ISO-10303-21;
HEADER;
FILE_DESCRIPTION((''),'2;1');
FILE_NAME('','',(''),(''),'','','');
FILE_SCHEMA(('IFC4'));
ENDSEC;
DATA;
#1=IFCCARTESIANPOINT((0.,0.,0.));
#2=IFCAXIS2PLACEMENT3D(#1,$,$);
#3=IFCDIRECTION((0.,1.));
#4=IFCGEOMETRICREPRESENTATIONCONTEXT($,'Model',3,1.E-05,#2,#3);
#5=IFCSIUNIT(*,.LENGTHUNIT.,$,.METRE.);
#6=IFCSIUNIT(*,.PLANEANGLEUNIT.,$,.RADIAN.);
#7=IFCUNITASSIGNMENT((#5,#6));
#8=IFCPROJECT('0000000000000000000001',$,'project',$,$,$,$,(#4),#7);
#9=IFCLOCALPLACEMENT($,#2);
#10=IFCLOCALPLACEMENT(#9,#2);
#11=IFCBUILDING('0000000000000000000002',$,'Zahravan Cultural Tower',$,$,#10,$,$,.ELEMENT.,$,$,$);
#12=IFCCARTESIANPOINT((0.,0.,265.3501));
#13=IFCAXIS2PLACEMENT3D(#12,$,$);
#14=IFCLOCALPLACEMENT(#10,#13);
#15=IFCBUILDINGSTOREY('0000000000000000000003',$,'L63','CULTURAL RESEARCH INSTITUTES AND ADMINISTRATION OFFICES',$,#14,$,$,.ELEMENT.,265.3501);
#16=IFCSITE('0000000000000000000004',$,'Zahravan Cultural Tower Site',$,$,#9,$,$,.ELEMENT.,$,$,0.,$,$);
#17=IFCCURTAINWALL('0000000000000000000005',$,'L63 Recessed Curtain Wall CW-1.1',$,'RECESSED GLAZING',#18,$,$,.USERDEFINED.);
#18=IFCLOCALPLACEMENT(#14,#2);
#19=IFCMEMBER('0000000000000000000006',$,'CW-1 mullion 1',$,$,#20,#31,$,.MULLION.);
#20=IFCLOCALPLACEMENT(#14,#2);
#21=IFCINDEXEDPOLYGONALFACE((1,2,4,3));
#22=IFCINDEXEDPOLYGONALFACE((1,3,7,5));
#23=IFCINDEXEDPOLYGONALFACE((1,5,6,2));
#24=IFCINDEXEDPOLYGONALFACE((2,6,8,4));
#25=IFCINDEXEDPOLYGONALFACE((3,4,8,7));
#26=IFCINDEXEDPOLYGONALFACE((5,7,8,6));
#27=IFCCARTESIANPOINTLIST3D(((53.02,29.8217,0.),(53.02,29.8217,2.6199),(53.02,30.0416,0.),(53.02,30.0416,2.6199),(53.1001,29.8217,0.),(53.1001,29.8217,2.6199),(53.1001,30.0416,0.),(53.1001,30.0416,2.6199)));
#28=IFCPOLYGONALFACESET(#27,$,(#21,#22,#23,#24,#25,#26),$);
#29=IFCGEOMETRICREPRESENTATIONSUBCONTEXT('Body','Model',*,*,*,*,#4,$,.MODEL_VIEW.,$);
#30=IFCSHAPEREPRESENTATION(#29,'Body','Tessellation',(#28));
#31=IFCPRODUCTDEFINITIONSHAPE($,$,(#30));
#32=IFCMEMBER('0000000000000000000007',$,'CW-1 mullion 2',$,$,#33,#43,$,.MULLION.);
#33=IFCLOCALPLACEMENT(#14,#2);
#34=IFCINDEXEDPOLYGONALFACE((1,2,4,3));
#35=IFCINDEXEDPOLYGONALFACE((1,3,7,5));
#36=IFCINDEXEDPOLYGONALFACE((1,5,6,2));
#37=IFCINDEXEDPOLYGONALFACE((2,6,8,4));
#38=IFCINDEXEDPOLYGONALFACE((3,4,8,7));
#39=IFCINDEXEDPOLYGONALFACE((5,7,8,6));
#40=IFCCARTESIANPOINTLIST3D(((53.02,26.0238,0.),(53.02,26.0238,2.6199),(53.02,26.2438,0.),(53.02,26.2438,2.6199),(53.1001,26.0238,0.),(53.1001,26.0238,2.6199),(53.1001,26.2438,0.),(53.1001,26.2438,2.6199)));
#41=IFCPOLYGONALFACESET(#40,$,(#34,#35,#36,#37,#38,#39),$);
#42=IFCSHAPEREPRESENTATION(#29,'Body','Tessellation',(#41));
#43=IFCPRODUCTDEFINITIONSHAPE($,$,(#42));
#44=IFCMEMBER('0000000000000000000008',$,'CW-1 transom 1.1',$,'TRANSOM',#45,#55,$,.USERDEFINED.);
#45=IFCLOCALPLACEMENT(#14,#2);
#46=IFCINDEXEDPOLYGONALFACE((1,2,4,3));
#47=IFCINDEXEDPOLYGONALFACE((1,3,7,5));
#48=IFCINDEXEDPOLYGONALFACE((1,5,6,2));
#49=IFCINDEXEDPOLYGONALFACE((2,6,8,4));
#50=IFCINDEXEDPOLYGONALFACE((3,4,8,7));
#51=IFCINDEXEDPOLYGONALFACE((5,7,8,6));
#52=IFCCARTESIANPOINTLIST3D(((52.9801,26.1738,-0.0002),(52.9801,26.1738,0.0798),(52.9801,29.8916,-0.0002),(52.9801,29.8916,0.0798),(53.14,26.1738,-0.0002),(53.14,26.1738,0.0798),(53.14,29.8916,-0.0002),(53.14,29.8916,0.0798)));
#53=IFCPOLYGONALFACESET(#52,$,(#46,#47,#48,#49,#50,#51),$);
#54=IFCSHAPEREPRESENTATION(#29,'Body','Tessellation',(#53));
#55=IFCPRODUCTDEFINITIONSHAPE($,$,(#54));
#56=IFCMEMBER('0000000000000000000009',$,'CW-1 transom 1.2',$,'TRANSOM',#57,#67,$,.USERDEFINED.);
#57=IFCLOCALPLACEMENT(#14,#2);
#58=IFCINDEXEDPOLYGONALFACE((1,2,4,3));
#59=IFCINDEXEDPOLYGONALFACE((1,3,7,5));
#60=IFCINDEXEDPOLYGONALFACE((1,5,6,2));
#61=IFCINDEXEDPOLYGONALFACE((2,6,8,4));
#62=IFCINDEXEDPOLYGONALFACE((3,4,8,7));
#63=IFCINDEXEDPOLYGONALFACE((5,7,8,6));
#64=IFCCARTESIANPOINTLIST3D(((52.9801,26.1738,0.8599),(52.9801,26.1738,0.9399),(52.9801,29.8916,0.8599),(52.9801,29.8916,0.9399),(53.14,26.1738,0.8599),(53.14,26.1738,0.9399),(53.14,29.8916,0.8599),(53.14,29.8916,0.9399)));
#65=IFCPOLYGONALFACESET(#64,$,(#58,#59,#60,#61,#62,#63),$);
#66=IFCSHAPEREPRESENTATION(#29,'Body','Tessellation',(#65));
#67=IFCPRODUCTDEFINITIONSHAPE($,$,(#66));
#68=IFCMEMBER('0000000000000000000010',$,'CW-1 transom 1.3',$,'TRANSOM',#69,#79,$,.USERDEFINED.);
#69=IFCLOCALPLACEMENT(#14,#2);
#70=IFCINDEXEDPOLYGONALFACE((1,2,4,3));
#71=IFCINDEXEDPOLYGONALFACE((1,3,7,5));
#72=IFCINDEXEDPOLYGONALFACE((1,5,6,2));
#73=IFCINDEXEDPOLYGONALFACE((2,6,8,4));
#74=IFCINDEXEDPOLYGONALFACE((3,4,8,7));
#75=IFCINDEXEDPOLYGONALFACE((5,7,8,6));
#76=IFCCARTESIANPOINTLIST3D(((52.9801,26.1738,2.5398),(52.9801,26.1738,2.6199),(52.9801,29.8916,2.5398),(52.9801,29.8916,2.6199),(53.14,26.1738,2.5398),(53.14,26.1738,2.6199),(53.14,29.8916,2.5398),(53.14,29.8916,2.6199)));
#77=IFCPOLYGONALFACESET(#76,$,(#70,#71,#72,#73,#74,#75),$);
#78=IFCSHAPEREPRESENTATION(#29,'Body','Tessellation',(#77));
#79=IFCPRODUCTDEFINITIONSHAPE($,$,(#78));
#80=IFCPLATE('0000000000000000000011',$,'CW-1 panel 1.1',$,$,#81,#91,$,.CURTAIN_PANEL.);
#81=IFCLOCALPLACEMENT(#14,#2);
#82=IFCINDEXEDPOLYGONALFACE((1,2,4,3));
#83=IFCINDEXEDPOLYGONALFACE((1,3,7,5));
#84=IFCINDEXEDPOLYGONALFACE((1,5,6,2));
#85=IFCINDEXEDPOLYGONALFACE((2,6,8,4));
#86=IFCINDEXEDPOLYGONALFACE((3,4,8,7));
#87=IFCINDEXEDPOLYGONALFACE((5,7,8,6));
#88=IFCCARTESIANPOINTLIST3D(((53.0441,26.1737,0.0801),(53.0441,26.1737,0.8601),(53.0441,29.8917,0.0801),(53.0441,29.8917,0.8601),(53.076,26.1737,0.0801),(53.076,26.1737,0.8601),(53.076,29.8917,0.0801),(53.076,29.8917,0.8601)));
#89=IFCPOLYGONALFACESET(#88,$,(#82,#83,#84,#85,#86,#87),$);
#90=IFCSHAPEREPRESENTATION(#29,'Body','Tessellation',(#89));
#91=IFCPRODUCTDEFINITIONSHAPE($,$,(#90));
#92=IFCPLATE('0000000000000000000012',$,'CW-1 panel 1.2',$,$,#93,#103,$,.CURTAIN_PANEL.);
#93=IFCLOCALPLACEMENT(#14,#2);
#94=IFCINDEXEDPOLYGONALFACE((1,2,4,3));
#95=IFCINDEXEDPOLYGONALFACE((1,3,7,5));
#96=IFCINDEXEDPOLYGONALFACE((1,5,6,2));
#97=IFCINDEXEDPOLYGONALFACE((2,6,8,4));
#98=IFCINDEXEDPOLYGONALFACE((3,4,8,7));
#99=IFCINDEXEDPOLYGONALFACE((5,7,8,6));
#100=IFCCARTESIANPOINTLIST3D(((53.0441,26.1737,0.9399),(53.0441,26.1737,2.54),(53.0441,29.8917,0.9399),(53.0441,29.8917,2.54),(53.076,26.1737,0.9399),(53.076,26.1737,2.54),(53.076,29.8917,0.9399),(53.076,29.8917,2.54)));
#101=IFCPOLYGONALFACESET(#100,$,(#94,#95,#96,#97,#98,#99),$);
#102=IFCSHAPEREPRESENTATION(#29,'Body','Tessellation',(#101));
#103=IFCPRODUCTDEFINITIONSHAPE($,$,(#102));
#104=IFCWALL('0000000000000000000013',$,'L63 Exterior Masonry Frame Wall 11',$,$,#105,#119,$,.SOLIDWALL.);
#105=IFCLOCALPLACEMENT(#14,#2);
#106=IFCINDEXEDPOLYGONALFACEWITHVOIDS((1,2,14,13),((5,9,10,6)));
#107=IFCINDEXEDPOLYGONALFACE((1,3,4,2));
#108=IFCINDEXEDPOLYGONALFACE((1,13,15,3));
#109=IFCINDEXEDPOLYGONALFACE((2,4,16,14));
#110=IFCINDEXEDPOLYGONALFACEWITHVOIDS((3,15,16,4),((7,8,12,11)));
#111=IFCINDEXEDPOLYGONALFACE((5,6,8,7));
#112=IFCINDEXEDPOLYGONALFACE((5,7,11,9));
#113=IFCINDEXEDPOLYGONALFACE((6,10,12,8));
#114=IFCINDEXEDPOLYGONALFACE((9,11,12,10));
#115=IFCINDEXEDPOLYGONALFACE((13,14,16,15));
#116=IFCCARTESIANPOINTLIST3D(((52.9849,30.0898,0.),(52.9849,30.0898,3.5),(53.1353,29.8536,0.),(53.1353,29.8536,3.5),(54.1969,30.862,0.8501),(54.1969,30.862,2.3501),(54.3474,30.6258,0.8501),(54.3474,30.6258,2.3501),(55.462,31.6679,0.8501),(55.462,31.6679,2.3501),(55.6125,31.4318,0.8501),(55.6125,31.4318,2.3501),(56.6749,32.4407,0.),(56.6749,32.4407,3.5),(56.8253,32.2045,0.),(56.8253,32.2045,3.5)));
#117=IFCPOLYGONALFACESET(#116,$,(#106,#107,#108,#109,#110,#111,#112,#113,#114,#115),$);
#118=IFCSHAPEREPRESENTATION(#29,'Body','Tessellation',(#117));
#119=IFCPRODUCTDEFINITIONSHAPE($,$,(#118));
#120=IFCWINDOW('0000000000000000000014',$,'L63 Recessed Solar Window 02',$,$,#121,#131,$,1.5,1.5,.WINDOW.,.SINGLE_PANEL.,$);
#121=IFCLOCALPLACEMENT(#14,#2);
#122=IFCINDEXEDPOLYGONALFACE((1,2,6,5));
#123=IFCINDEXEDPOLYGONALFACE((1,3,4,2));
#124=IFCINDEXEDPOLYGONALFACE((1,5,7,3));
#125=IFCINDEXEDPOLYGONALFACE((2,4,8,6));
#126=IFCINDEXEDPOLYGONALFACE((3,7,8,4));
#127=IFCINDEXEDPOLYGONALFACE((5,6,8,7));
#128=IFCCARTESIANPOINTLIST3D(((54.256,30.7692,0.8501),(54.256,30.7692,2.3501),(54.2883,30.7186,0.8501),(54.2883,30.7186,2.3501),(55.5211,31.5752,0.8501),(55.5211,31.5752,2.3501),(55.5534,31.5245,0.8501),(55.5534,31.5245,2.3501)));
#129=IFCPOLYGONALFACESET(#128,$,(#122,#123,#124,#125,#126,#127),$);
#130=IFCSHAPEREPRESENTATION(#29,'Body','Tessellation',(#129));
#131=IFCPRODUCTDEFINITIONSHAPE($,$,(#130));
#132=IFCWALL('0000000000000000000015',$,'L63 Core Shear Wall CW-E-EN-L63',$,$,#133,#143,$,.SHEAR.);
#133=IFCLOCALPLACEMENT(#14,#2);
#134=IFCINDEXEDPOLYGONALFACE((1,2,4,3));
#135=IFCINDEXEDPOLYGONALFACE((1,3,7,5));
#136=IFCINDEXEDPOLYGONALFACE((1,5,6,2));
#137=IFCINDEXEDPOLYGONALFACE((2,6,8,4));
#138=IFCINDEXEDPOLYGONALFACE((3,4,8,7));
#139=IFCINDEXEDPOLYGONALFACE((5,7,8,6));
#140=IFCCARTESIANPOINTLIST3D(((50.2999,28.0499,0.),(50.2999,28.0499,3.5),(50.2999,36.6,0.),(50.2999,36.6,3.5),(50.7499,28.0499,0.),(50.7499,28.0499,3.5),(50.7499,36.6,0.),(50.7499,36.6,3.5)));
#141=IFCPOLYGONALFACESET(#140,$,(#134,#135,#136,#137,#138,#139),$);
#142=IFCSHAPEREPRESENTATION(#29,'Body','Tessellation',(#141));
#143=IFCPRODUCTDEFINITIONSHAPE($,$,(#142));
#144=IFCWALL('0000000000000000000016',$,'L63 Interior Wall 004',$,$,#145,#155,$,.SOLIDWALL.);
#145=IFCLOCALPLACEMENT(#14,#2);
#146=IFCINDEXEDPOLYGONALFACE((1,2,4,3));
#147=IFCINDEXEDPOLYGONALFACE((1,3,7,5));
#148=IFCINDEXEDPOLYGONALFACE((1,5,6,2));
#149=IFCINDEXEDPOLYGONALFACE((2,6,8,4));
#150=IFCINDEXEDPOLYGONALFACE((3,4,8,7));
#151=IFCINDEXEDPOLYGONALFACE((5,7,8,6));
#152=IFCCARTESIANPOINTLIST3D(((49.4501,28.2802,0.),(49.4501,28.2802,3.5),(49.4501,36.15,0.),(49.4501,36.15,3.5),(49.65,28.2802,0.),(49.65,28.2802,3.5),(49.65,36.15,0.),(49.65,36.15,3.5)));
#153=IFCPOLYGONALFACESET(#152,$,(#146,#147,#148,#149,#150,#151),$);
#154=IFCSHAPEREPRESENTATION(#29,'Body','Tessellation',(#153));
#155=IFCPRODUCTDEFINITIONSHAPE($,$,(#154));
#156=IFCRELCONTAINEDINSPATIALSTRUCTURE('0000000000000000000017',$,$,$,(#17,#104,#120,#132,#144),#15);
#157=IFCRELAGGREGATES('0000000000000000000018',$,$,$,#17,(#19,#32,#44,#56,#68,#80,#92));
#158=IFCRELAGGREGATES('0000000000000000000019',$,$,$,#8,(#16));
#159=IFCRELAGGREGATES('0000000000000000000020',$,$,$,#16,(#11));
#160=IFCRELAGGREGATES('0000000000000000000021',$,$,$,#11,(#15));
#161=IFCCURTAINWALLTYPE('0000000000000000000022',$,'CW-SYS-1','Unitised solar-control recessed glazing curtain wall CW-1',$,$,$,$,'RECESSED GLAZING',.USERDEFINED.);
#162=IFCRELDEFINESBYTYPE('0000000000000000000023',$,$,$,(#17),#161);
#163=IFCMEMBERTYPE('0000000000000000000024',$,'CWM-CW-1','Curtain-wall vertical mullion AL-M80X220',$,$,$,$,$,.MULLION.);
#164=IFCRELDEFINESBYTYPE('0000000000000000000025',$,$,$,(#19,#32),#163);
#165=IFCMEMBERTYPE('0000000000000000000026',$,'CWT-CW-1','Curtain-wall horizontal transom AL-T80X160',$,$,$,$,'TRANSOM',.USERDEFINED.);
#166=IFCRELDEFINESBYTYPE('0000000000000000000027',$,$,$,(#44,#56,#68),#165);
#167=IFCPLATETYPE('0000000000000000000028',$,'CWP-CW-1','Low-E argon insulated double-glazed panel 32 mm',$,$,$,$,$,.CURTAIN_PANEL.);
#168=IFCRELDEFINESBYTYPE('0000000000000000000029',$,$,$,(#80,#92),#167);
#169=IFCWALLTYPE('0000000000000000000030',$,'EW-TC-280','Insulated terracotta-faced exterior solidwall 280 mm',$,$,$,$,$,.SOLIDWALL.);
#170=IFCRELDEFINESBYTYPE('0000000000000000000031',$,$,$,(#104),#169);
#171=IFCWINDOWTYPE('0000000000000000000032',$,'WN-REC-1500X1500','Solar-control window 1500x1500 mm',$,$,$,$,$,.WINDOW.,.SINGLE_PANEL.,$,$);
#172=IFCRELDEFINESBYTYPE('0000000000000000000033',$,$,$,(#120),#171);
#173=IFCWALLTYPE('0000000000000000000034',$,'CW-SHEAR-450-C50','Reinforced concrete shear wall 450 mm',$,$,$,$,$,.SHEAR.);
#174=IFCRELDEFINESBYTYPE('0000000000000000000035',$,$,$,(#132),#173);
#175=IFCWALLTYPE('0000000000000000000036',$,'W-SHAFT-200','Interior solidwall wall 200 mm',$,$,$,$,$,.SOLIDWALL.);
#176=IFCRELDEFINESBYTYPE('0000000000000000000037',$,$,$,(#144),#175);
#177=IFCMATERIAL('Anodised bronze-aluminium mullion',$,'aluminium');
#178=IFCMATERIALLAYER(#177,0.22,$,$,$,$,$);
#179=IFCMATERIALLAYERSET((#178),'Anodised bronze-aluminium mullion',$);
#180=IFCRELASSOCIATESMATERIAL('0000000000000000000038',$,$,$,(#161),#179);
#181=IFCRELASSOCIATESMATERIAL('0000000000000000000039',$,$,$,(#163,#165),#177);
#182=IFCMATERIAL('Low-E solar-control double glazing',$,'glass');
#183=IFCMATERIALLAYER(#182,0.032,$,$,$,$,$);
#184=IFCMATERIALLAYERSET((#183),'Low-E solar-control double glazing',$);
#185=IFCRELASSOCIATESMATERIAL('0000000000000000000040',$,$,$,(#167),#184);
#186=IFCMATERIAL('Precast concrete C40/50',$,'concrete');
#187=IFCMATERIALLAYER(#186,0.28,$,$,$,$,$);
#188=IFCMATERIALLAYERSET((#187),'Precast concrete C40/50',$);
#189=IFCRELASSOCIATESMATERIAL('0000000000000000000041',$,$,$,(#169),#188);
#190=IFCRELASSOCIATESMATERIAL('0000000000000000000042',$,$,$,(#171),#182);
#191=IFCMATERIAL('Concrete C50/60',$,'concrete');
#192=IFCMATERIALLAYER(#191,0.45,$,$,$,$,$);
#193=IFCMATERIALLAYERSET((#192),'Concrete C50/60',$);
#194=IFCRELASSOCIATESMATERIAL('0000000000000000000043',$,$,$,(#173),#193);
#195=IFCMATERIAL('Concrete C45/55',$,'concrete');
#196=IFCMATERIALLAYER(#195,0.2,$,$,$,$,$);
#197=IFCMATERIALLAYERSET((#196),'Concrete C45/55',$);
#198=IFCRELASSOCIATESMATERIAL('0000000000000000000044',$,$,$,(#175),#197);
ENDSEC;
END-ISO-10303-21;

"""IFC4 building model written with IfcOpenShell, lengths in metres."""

from ifc_helpers import new_model, si_unit, direction, frame, frame_2d, origin, origin_2d, place, context, subcontext, project, spatial, rectangle, extrude, source, transform, mapped, material, layer, layer_set, material_profile, profile_set, type_object, element, fill, aggregate, save


model = new_model("IFC4")

# Units and contexts
model_context = context("Model", 3, precision=1e-05, world=origin(), true_north=direction((0.0, 1.0)))
body_context = subcontext(model_context, "Body", "Model", "MODEL_VIEW")
ifc_project = project(units=[si_unit("LENGTHUNIT", "METRE"), si_unit("PLANEANGLEUNIT", "RADIAN")], contexts=[model_context])

# Site, building, storey
site_placement = place(None, origin())
site = spatial("IfcSite", under=ifc_project, at=site_placement, Name="Zahravan Cultural Tower Site", CompositionType="ELEMENT", RefElevation=0.0)
building_placement = place(site_placement, origin())
building = spatial("IfcBuilding", under=site, at=building_placement, Name="Zahravan Cultural Tower", CompositionType="ELEMENT")
storey_placement = place(building_placement, frame((0.0, 0.0, 265.3501)))
storey = spatial("IfcBuildingStorey", under=building, at=storey_placement, Name="L63", Description="CULTURAL RESEARCH INSTITUTES AND ADMINISTRATION OFFICES", CompositionType="ELEMENT", Elevation=265.3501)

# Curtain wall, members, plates
ifc_material_1 = material(Name="Anodised bronze-aluminium mullion", Category="aluminium")
ifc_layer_1 = layer(ifc_material_1, 0.22)
ifc_layer_set_1 = layer_set([ifc_layer_1], Name="Anodised bronze-aluminium mullion")
curtain_wall_type = type_object("IfcCurtainWallType", Name="CW-SYS-1", Description="Unitised solar-control recessed glazing curtain wall CW-1", ElementType="RECESSED GLAZING", PredefinedType="USERDEFINED", material=ifc_layer_set_1)
curtain_wall_placement = place(storey_placement, origin())
curtain_wall = element("IfcCurtainWall", 1, at=curtain_wall_placement, inside=storey, type_object=curtain_wall_type, Name="L63 Recessed Curtain Wall CW-1.1", ObjectType="RECESSED GLAZING", PredefinedType="USERDEFINED")
ifc_material_profile_1 = material_profile(ifc_material_1, rectangle(XDim=0.0801, YDim=0.22, at=origin_2d()), Name="AL-M80X220")
ifc_profile_set_1 = profile_set([ifc_material_profile_1], Name="Anodised bronze-aluminium mullion")
member_type_1 = type_object("IfcMemberType", Name="CWM-CW-1", Description="Curtain-wall vertical mullion AL-M80X220", PredefinedType="MULLION", material=ifc_profile_set_1)
shared_shape_1 = source(origin(), body_context, "Body", "SweptSolid", [
    extrude(rectangle(XDim=0.0801, YDim=0.22, at=origin_2d()), origin(), (0.0, 0.0, 1.0), 2.6199),
])
member_1_placement = place(storey_placement, frame((53.0601, 29.9316, 0.0), z_axis=(0.0, 0.0, 1.0), x_axis=(1.0, 0.0, 0.0)))
member_1 = element("IfcMember", 2, at=member_1_placement, type_object=member_type_1, Name="CW-1 mullion 1", PredefinedType="MULLION", context=body_context, shape_type="MappedRepresentation", body=[
    mapped(shared_shape_1, transform((0.0, 0.0, 0.0), x_axis=(1.0, 0.0, 0.0), y_axis=(0.0, 1.0, 0.0), z_axis=(0.0, 0.0, 1.0), scale=1.0)),
])
member_2_placement = place(storey_placement, frame((53.0601, 26.1338, 0.0), z_axis=(0.0, 0.0, 1.0), x_axis=(1.0, 0.0, 0.0)))
member_2 = element("IfcMember", 3, at=member_2_placement, type_object=member_type_1, Name="CW-1 mullion 2", PredefinedType="MULLION", context=body_context, shape_type="MappedRepresentation", body=[
    mapped(shared_shape_1, transform((0.0, 0.0, 0.0), x_axis=(1.0, 0.0, 0.0), y_axis=(0.0, 1.0, 0.0), z_axis=(0.0, 0.0, 1.0), scale=1.0)),
])
ifc_material_profile_2 = material_profile(ifc_material_1, rectangle(XDim=0.1599, YDim=0.0801, at=origin_2d()), Name="AL-T80X160")
ifc_profile_set_2 = profile_set([ifc_material_profile_2], Name="Anodised bronze-aluminium mullion")
member_type_2 = type_object("IfcMemberType", Name="CWT-CW-1", Description="Curtain-wall horizontal transom AL-T80X160", ElementType="TRANSOM", PredefinedType="USERDEFINED", material=ifc_profile_set_2)
shared_shape_2 = source(origin(), body_context, "Body", "SweptSolid", [
    extrude(rectangle(XDim=0.1599, YDim=0.0801, at=origin_2d()), origin(), (0.0, 0.0, 1.0), 3.7178),
])
member_3_placement = place(storey_placement, frame((53.0601, 29.8916, 0.0398), z_axis=(0.0, -1.0, 0.0), x_axis=(1.0, 0.0, 0.0)))
member_3 = element("IfcMember", 4, at=member_3_placement, type_object=member_type_2, Name="CW-1 transom 1.1", ObjectType="TRANSOM", PredefinedType="USERDEFINED", context=body_context, shape_type="MappedRepresentation", body=[
    mapped(shared_shape_2, transform((0.0, 0.0, 0.0), x_axis=(1.0, 0.0, 0.0), y_axis=(0.0, 1.0, 0.0), z_axis=(0.0, 0.0, 1.0), scale=1.0)),
])
member_4_placement = place(storey_placement, frame((53.0601, 29.8916, 0.8999), z_axis=(0.0, -1.0, 0.0), x_axis=(1.0, 0.0, 0.0)))
member_4 = element("IfcMember", 5, at=member_4_placement, type_object=member_type_2, Name="CW-1 transom 1.2", ObjectType="TRANSOM", PredefinedType="USERDEFINED", context=body_context, shape_type="MappedRepresentation", body=[
    mapped(shared_shape_2, transform((0.0, 0.0, 0.0), x_axis=(1.0, 0.0, 0.0), y_axis=(0.0, 1.0, 0.0), z_axis=(0.0, 0.0, 1.0), scale=1.0)),
])
member_5_placement = place(storey_placement, frame((53.0601, 29.8916, 2.5798), z_axis=(0.0, -1.0, 0.0), x_axis=(1.0, 0.0, 0.0)))
member_5 = element("IfcMember", 6, at=member_5_placement, type_object=member_type_2, Name="CW-1 transom 1.3", ObjectType="TRANSOM", PredefinedType="USERDEFINED", context=body_context, shape_type="MappedRepresentation", body=[
    mapped(shared_shape_2, transform((0.0, 0.0, 0.0), x_axis=(1.0, 0.0, 0.0), y_axis=(0.0, 1.0, 0.0), z_axis=(0.0, 0.0, 1.0), scale=1.0)),
])
ifc_material_2 = material(Name="Low-E solar-control double glazing", Category="glass")
ifc_layer_2 = layer(ifc_material_2, 0.032)
ifc_layer_set_2 = layer_set([ifc_layer_2], Name="Low-E solar-control double glazing")
plate_type = type_object("IfcPlateType", Name="CWP-CW-1", Description="Low-E argon insulated double-glazed panel 32 mm", PredefinedType="CURTAIN_PANEL", material=ifc_layer_set_2)
shared_shape_3 = source(origin(), body_context, "Body", "SweptSolid", [
    extrude(rectangle(XDim=3.718, YDim=0.032, at=origin_2d()), origin(), (0.0, 0.0, 1.0), 0.78),
])
plate_1_placement = place(storey_placement, frame((53.0601, 28.0327, 0.0801), z_axis=(0.0, 0.0, 1.0), x_axis=(0.0, -1.0, 0.0)))
plate_1 = element("IfcPlate", 7, at=plate_1_placement, type_object=plate_type, Name="CW-1 panel 1.1", PredefinedType="CURTAIN_PANEL", context=body_context, shape_type="MappedRepresentation", body=[
    mapped(shared_shape_3, transform((0.0, 0.0, 0.0), x_axis=(1.0, 0.0, 0.0), y_axis=(0.0, 1.0, 0.0), z_axis=(0.0, 0.0, 1.0), scale=1.0)),
])
shared_shape_4 = source(origin(), body_context, "Body", "SweptSolid", [
    extrude(rectangle(XDim=3.718, YDim=0.032, at=origin_2d()), origin(), (0.0, 0.0, 1.0), 1.6001),
])
plate_2_placement = place(storey_placement, frame((53.0601, 28.0327, 0.9399), z_axis=(0.0, 0.0, 1.0), x_axis=(0.0, -1.0, 0.0)))
plate_2 = element("IfcPlate", 8, at=plate_2_placement, type_object=plate_type, Name="CW-1 panel 1.2", PredefinedType="CURTAIN_PANEL", context=body_context, shape_type="MappedRepresentation", body=[
    mapped(shared_shape_4, transform((0.0, 0.0, 0.0), x_axis=(1.0, 0.0, 0.0), y_axis=(0.0, 1.0, 0.0), z_axis=(0.0, 0.0, 1.0), scale=1.0)),
])
aggregate(curtain_wall, [member_1, member_2, member_3, member_4, member_5, plate_1, plate_2])

# Wall, opening, window
ifc_material_3 = material(Name="Precast concrete C40/50", Category="concrete")
ifc_layer_3 = layer(ifc_material_3, 0.28)
ifc_layer_set_3 = layer_set([ifc_layer_3], Name="Precast concrete C40/50")
wall_type_1 = type_object("IfcWallType", Name="EW-TC-280", Description="Insulated terracotta-faced exterior solidwall 280 mm", PredefinedType="SOLIDWALL", material=ifc_layer_set_3)
wall_1_placement = place(storey_placement, frame((56.75, 32.3225, 0.0), z_axis=(0.0, 0.0, 1.0), x_axis=(-0.843383, -0.537312, 0.0)))
wall_1 = element("IfcWall", 9, at=wall_1_placement, inside=storey, type_object=wall_type_1, Name="L63 Exterior Masonry Frame Wall 11", PredefinedType="SOLIDWALL", context=body_context, shape_type="SweptSolid", body=[
    extrude(rectangle(XDim=4.3752, YDim=0.28, at=frame_2d((2.1875, 0.0))), origin(), (0.0, 0.0, 1.0), 3.5),
])
opening_placement = place(wall_1_placement, frame((1.438, 0.0, 0.8501)))
opening = element("IfcOpeningElement", 10, at=opening_placement, cuts=wall_1, PredefinedType="OPENING", context=body_context, shape_type="SweptSolid", body=[
    extrude(rectangle(XDim=1.5, YDim=1.5, at=frame_2d((0.75, 0.75))), frame((0.0, 0.1499, 0.0), z_axis=(0.0, -1.0, 0.0), x_axis=(1.0, 0.0, 0.0)), (0.0, 0.0, 1.0), 0.3),
])
window_type = type_object("IfcWindowType", Name="WN-REC-1500X1500", Description="Solar-control window 1500x1500 mm", PartitioningType="SINGLE_PANEL", PredefinedType="WINDOW", material=ifc_material_2)
shared_shape_5 = source(origin(), body_context, "Body", "SweptSolid", [
    extrude(rectangle(XDim=1.5, YDim=1.5, at=frame_2d((0.75, 0.75))), frame((0.0, 0.03, 0.0), z_axis=(0.0, -1.0, 0.0), x_axis=(1.0, 0.0, 0.0)), (0.0, 0.0, 1.0), 0.0601),
])
window_placement = place(opening_placement, origin())
window = element("IfcWindow", 11, at=window_placement, inside=storey, type_object=window_type, Name="L63 Recessed Solar Window 02", OverallHeight=1.5, OverallWidth=1.5, PartitioningType="SINGLE_PANEL", PredefinedType="WINDOW", context=body_context, shape_type="MappedRepresentation", body=[
    mapped(shared_shape_5, transform((0.0, 0.0, 0.0), x_axis=(1.0, 0.0, 0.0), y_axis=(0.0, 1.0, 0.0), z_axis=(0.0, 0.0, 1.0), scale=1.0)),
])
fill(opening, window)

# Walls
ifc_material_4 = material(Name="Concrete C50/60", Category="concrete")
ifc_layer_4 = layer(ifc_material_4, 0.45)
ifc_layer_set_4 = layer_set([ifc_layer_4], Name="Concrete C50/60")
wall_type_2 = type_object("IfcWallType", Name="CW-SHEAR-450-C50", Description="Reinforced concrete shear wall 450 mm", PredefinedType="SHEAR", material=ifc_layer_set_4)
shared_shape_6 = source(origin(), body_context, "Body", "SweptSolid", [
    extrude(rectangle(XDim=8.55, YDim=0.45, at=frame_2d((4.2749, 0.0))), origin(), (0.0, 0.0, 1.0), 3.5),
])
wall_2_placement = place(storey_placement, frame((50.5249, 28.05, 0.0), z_axis=(0.0, 0.0, 1.0), x_axis=(0.0, 1.0, 0.0)))
element("IfcWall", 12, at=wall_2_placement, inside=storey, type_object=wall_type_2, Name="L63 Core Shear Wall CW-E-EN-L63", PredefinedType="SHEAR", context=body_context, shape_type="MappedRepresentation", body=[
    mapped(shared_shape_6, transform((0.0, 0.0, 0.0), x_axis=(1.0, 0.0, 0.0), y_axis=(0.0, 1.0, 0.0), z_axis=(0.0, 0.0, 1.0), scale=1.0)),
])
ifc_material_5 = material(Name="Concrete C45/55", Category="concrete")
ifc_layer_5 = layer(ifc_material_5, 0.2)
ifc_layer_set_5 = layer_set([ifc_layer_5], Name="Concrete C45/55")
wall_type_3 = type_object("IfcWallType", Name="W-SHAFT-200", Description="Interior solidwall wall 200 mm", PredefinedType="SOLIDWALL", material=ifc_layer_set_5)
shared_shape_7 = source(origin(), body_context, "Body", "SweptSolid", [
    extrude(rectangle(XDim=7.8699, YDim=0.2, at=frame_2d((3.9351, 0.0))), origin(), (0.0, 0.0, 1.0), 3.5),
])
wall_3_placement = place(storey_placement, frame((49.55, 28.28, 0.0), z_axis=(0.0, 0.0, 1.0), x_axis=(0.0, 1.0, 0.0)))
element("IfcWall", 13, at=wall_3_placement, inside=storey, type_object=wall_type_3, Name="L63 Interior Wall 004", PredefinedType="SOLIDWALL", context=body_context, shape_type="MappedRepresentation", body=[
    mapped(shared_shape_7, transform((0.0, 0.0, 0.0), x_axis=(1.0, 0.0, 0.0), y_axis=(0.0, 1.0, 0.0), z_axis=(0.0, 0.0, 1.0), scale=1.0)),
])

save(model, "model.ifc")
